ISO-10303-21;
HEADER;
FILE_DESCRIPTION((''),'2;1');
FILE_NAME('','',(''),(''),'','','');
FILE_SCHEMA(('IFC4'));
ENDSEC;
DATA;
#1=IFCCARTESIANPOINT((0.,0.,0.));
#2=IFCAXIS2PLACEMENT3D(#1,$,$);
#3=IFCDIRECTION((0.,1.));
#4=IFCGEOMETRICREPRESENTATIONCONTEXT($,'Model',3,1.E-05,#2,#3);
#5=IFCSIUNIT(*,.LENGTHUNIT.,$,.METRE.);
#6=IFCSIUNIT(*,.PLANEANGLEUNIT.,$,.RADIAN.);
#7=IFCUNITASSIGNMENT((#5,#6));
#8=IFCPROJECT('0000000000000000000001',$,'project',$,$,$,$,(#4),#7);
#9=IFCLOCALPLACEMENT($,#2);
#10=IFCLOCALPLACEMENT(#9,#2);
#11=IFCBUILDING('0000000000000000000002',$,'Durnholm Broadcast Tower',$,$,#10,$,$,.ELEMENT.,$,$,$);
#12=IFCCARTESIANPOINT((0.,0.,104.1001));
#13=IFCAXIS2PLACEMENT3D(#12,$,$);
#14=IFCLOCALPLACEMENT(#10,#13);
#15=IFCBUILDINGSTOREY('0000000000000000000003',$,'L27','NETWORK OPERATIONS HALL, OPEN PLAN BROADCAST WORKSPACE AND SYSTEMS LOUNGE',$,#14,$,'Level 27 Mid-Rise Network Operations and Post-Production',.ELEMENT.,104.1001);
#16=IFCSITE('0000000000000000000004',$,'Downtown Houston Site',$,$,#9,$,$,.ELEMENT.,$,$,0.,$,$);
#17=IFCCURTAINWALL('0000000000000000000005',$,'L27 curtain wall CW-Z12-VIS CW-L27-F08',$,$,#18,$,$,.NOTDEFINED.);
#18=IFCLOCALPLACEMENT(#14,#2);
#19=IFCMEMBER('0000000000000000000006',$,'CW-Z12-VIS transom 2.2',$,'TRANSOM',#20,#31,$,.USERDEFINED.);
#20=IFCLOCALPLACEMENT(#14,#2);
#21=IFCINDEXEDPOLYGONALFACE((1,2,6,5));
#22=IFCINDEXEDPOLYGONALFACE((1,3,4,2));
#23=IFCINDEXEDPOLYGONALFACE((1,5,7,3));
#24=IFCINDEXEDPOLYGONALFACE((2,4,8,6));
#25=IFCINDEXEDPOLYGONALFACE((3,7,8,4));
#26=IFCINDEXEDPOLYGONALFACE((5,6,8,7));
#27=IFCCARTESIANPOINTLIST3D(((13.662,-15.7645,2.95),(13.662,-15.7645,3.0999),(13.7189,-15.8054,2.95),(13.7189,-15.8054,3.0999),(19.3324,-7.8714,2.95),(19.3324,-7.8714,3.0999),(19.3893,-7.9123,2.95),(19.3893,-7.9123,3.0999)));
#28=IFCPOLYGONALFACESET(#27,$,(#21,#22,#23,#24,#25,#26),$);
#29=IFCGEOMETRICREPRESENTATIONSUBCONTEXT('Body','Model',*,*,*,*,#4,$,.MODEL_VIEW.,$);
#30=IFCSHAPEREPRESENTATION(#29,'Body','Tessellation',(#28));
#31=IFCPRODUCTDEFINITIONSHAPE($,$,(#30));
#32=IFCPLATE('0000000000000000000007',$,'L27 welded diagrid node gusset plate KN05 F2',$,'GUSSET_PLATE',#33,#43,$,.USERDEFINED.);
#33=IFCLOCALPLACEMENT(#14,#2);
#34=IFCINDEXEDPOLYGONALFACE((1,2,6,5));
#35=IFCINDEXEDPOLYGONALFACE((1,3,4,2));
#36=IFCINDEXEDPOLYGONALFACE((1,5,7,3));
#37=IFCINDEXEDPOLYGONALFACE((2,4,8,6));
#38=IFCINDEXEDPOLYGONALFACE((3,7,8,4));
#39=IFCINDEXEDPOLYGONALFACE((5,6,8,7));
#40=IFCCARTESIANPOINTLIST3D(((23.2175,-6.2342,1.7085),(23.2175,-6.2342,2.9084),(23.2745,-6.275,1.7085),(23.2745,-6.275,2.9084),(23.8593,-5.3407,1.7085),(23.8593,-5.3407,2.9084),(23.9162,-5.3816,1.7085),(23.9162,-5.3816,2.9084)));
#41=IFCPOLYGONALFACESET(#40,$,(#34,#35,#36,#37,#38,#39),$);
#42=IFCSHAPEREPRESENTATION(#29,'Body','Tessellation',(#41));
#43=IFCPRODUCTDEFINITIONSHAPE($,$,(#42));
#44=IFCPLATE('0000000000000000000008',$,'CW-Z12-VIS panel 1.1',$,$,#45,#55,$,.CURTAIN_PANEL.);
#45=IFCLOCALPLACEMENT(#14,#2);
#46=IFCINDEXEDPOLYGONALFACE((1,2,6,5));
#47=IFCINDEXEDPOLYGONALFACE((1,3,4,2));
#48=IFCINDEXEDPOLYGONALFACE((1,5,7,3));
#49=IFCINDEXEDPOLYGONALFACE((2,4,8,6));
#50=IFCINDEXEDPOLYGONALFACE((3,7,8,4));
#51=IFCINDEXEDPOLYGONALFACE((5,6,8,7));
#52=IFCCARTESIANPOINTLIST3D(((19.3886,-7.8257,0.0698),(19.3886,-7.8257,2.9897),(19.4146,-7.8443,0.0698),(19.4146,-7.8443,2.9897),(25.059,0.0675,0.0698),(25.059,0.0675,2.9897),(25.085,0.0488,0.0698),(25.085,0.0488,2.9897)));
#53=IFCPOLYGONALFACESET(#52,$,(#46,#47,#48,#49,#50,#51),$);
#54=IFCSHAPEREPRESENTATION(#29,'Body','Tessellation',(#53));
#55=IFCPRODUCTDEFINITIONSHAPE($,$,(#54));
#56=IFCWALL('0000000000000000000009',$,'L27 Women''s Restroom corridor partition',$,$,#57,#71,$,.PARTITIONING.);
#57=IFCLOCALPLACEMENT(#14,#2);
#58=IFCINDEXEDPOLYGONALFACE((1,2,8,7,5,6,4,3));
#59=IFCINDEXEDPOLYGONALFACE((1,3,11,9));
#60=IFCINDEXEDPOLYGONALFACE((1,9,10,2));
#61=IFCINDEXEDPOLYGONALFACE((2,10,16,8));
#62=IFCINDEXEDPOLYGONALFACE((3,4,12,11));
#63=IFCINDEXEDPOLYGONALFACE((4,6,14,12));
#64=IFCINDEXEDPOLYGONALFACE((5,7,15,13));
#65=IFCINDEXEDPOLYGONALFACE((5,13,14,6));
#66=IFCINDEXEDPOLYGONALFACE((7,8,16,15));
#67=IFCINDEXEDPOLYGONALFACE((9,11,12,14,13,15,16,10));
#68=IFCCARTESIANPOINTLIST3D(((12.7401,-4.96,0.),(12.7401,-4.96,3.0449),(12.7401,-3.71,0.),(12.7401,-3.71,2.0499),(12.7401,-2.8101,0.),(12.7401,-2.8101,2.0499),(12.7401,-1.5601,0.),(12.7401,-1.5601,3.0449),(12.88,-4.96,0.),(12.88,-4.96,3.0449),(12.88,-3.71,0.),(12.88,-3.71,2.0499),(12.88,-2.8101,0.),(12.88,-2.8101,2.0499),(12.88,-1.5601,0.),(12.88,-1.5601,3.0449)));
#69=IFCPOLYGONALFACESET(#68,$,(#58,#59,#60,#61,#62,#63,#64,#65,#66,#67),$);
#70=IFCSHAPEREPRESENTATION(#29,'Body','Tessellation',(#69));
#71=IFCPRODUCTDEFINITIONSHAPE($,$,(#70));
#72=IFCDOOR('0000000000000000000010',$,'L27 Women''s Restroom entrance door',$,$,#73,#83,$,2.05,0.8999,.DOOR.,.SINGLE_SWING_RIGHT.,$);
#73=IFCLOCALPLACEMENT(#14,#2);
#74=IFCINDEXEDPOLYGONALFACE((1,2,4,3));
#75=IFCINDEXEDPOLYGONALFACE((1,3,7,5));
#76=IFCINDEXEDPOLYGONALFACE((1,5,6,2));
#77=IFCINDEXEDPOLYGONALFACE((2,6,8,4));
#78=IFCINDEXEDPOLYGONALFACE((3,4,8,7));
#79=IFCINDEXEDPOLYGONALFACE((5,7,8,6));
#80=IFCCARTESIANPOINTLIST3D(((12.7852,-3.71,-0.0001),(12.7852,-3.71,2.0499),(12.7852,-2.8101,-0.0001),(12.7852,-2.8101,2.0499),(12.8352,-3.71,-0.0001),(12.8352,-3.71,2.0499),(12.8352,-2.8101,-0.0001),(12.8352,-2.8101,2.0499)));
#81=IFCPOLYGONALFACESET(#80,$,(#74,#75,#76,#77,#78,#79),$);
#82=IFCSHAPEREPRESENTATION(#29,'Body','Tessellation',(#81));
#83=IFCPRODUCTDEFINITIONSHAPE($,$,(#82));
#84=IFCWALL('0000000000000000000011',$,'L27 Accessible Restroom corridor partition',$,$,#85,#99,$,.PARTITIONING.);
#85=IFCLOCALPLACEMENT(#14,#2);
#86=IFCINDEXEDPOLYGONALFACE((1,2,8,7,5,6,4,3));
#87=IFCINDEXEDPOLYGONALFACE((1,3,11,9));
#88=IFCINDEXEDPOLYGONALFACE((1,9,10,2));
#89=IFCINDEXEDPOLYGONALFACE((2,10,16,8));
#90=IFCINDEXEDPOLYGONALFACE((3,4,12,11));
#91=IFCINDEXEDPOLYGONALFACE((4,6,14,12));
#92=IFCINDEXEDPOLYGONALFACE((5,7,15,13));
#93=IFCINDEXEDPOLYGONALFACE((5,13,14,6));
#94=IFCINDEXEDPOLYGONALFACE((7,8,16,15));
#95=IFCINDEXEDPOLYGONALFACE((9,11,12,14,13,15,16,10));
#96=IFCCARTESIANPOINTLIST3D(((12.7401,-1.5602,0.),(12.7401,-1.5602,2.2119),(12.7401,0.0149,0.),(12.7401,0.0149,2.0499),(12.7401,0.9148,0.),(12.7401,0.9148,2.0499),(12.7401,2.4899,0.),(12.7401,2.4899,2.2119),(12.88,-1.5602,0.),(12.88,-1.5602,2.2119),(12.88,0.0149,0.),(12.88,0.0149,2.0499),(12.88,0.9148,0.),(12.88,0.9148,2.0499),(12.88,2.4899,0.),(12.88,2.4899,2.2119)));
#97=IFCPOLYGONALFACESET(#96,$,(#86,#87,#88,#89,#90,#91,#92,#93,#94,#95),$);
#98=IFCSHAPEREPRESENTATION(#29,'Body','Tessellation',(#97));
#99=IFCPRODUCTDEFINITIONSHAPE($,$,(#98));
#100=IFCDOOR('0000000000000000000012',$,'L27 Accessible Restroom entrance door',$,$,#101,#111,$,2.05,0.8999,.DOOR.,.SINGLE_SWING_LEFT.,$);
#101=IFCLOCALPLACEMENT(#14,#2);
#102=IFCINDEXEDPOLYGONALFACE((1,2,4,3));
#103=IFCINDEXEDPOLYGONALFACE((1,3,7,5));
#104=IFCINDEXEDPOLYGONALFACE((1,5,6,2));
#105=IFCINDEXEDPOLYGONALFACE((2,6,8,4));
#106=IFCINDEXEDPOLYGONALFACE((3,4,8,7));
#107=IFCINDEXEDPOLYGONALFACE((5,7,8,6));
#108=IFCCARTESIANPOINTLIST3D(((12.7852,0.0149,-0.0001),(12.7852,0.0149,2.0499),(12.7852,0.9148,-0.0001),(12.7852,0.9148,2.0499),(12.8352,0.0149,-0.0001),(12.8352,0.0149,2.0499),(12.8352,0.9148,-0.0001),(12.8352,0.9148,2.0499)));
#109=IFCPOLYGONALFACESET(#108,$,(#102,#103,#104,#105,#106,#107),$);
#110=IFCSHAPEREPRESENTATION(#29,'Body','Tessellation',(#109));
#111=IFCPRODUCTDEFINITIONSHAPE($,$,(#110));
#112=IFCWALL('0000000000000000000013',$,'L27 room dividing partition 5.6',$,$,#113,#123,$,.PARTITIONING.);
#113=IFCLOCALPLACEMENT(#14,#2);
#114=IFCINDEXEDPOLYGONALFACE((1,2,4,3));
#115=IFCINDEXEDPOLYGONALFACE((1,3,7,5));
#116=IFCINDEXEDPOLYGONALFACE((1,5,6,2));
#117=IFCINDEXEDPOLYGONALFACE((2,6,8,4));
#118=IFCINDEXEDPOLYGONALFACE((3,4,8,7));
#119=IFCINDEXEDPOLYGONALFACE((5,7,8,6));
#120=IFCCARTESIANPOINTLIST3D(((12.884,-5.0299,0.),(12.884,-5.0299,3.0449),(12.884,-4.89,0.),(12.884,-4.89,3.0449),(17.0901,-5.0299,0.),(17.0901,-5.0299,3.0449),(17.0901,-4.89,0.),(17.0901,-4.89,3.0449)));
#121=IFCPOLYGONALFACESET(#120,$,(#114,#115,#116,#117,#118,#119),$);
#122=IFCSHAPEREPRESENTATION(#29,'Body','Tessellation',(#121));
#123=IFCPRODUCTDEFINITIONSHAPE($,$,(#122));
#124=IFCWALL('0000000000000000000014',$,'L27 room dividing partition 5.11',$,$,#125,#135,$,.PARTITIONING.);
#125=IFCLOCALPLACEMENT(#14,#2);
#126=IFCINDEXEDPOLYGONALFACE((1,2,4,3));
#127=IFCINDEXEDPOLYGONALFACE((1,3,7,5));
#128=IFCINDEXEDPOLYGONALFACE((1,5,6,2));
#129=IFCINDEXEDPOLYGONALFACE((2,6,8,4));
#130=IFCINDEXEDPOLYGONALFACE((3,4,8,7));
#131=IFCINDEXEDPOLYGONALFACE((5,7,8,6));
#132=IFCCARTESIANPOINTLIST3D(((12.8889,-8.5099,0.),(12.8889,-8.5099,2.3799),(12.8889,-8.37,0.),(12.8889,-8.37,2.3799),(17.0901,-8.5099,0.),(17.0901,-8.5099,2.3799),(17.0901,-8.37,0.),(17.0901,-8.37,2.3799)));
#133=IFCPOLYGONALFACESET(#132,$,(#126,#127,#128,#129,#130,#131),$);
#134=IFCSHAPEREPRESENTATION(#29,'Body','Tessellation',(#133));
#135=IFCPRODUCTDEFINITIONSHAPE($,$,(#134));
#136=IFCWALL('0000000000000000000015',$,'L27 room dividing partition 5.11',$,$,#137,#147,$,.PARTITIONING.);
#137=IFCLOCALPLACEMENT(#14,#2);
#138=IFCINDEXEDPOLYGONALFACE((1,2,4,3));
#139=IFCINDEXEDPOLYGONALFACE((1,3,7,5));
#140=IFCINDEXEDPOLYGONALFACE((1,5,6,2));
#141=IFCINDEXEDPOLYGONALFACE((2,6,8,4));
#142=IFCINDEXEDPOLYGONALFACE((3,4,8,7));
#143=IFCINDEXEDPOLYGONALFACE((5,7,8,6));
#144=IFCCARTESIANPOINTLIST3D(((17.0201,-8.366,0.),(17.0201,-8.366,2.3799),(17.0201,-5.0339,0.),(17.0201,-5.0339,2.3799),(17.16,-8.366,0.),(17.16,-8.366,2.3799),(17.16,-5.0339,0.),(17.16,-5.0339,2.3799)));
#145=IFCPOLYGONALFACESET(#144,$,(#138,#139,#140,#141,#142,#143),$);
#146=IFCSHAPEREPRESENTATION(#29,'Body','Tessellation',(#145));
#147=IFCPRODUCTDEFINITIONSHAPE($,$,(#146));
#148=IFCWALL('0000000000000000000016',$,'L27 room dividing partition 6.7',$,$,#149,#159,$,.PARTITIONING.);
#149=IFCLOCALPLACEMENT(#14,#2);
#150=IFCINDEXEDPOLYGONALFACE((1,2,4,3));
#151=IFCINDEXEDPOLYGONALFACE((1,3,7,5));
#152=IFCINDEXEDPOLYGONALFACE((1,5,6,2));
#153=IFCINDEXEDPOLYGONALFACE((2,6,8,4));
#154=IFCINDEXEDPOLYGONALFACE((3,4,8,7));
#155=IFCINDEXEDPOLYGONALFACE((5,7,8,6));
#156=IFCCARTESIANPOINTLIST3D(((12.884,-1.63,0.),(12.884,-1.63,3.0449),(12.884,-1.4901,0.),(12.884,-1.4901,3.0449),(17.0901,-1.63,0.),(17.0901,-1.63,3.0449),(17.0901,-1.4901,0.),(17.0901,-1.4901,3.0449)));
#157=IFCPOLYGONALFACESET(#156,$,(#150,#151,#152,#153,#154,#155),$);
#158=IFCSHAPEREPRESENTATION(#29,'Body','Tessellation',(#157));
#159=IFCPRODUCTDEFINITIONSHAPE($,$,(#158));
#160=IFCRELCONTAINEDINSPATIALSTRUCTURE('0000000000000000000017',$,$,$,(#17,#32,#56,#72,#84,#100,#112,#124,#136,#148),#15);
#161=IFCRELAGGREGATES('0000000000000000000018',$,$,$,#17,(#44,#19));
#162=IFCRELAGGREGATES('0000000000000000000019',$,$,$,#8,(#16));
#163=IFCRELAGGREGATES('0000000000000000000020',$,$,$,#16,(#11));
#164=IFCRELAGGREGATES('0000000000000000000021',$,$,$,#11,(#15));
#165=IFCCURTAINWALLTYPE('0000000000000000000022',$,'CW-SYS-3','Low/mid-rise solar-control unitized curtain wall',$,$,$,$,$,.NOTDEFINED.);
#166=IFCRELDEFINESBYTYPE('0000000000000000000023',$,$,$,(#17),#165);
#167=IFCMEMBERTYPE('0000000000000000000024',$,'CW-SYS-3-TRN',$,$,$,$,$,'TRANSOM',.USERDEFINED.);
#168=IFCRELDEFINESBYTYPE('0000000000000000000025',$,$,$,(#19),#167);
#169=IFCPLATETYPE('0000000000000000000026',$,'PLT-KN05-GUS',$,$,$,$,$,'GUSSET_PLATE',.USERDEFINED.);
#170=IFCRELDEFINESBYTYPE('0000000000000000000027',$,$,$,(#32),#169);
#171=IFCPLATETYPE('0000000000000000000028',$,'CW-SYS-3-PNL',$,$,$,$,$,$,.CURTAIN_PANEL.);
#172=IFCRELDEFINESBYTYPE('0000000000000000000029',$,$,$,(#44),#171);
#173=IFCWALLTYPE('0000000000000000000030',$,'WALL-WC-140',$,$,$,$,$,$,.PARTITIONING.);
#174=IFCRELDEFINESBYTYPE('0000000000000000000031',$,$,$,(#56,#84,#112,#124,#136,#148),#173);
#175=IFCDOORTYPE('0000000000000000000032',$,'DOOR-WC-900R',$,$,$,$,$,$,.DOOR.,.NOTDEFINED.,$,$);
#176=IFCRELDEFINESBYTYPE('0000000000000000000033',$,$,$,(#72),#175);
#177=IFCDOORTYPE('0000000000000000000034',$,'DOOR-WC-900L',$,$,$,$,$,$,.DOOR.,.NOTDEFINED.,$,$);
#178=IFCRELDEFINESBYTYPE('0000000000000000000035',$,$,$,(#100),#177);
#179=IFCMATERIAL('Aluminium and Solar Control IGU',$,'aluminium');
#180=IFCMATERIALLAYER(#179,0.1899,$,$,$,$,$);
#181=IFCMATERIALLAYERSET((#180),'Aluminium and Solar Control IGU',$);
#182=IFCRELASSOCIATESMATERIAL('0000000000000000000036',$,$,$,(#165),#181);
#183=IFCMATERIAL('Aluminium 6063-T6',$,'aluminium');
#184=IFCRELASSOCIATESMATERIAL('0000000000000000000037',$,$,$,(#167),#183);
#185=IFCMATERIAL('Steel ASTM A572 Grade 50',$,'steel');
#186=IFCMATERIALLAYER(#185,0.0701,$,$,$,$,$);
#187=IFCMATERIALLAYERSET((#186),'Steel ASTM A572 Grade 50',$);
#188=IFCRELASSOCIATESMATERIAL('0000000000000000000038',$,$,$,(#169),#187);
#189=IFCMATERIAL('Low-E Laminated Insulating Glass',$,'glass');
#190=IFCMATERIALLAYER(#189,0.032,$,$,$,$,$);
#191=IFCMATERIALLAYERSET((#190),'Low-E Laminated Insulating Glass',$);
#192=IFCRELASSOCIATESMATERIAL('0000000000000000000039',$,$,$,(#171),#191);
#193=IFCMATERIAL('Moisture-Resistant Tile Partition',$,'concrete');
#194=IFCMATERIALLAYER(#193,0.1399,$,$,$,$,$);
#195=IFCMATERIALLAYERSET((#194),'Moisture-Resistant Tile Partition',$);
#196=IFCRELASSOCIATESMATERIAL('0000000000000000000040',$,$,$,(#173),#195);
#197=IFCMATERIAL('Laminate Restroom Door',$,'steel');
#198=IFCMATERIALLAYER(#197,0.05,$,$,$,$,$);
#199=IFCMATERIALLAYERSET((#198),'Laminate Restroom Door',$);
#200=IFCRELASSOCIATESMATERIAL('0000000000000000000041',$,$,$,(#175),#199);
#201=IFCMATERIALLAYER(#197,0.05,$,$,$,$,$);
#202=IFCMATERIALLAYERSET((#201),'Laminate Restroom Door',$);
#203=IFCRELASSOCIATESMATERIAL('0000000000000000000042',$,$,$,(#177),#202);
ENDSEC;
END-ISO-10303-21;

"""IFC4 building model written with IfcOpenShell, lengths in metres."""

from ifc_helpers import new_model, si_unit, direction, frame, frame_2d, origin, origin_2d, place, context, subcontext, project, spatial, rectangle, extrude, source, transform, mapped, material, layer, layer_set, material_profile, profile_set, type_object, type_shapes, element, fill, aggregate, save


model = new_model("IFC4")

# Units and contexts
model_context = context("Model", 3, precision=1e-05, world=origin(), true_north=direction((0.0, 1.0)))
body_context = subcontext(model_context, "Body", "Model", "MODEL_VIEW")
ifc_project = project(units=[si_unit("LENGTHUNIT", "METRE"), si_unit("PLANEANGLEUNIT", "RADIAN")], contexts=[model_context])

# Site, building, storey
site_placement = place(None, origin())
site = spatial("IfcSite", under=ifc_project, at=site_placement, Name="Downtown Houston Site", CompositionType="ELEMENT", RefElevation=0.0)
building_placement = place(site_placement, origin())
building = spatial("IfcBuilding", under=site, at=building_placement, Name="Durnholm Broadcast Tower", CompositionType="ELEMENT")
storey_placement = place(building_placement, frame((0.0, 0.0, 104.1001)))
storey = spatial("IfcBuildingStorey", under=building, at=storey_placement, Name="L27", Description="NETWORK OPERATIONS HALL, OPEN PLAN BROADCAST WORKSPACE AND SYSTEMS LOUNGE", LongName="Level 27 Mid-Rise Network Operations and Post-Production", CompositionType="ELEMENT", Elevation=104.1001)

# Shared definitions
ifc_material_1 = material(Name="Aluminium and Solar Control IGU", Category="aluminium")
ifc_material_2 = material(Name="Aluminium 6063-T6", Category="aluminium")

# Curtain wall, member
ifc_layer_1 = layer(ifc_material_1, 0.1899)
ifc_layer_set_1 = layer_set([ifc_layer_1], Name="Aluminium and Solar Control IGU")
curtain_wall_type_1 = type_object("IfcCurtainWallType", Name="CW-SYS-3", Description="Low/mid-rise solar-control unitized curtain wall", PredefinedType="NOTDEFINED", material=ifc_layer_set_1)
curtain_wall_1_placement = place(storey_placement, origin())
curtain_wall_1 = element("IfcCurtainWall", 1, at=curtain_wall_1_placement, inside=storey, type_object=curtain_wall_type_1, Name="L27 curtain wall CW-Z12-VIS CW-L27-F08", PredefinedType="NOTDEFINED")
ifc_material_profile_1 = material_profile(ifc_material_2, rectangle(XDim=0.0701, YDim=0.1499, at=origin_2d()), Name="CWT70X150")
ifc_profile_set_1 = profile_set([ifc_material_profile_1], Name="Aluminium 6063-T6")
member_type_1 = type_object("IfcMemberType", Name="CW-SYS-3-TRN", ElementType="TRANSOM", PredefinedType="USERDEFINED", material=ifc_profile_set_1)
shared_shape_1 = source(origin(), body_context, "Body", "SweptSolid", [
    extrude(rectangle(XDim=0.0701, YDim=0.1499, at=origin_2d()), origin(), (0.0, 0.0, 1.0), 9.7188),
])
type_shapes(member_type_1, [shared_shape_1])
member_1_placement = place(storey_placement, frame((19.3608, -7.8918, 3.0249), z_axis=(-0.583451, -0.812149, 0.0), x_axis=(0.812149, -0.583451, 0.0)))
member_1 = element("IfcMember", 2, at=member_1_placement, type_object=member_type_1, Name="CW-Z12-VIS transom 2.2", ObjectType="TRANSOM", PredefinedType="USERDEFINED", context=body_context, shape_type="MappedRepresentation", body=[
    mapped(shared_shape_1, transform((0.0, 0.0, 0.0), x_axis=(1.0, 0.0, 0.0), y_axis=(0.0, 1.0, 0.0), z_axis=(0.0, 0.0, 1.0), scale=1.0)),
])

# Plates
ifc_material_3 = material(Name="Steel ASTM A572 Grade 50", Category="steel")
ifc_layer_2 = layer(ifc_material_3, 0.0701)
ifc_layer_set_2 = layer_set([ifc_layer_2], Name="Steel ASTM A572 Grade 50")
plate_type_1 = type_object("IfcPlateType", Name="PLT-KN05-GUS", ElementType="GUSSET_PLATE", PredefinedType="USERDEFINED", material=ifc_layer_set_2)
shared_shape_2 = source(origin(), body_context, "Body", "SweptSolid", [
    extrude(rectangle(XDim=1.1001, YDim=0.0701, at=origin_2d()), origin(), (0.0, 0.0, 1.0), 1.2),
])
type_shapes(plate_type_1, [shared_shape_2])
plate_1_placement = place(storey_placement, frame((23.5669, -5.8079, 1.7085), z_axis=(0.0, 0.0, 1.0), x_axis=(0.583399, 0.812185, 0.0)))
element("IfcPlate", 3, at=plate_1_placement, inside=storey, type_object=plate_type_1, Name="L27 welded diagrid node gusset plate KN05 F2", ObjectType="GUSSET_PLATE", PredefinedType="USERDEFINED", context=body_context, shape_type="MappedRepresentation", body=[
    mapped(shared_shape_2, transform((0.0, 0.0, 0.0), x_axis=(1.0, 0.0, 0.0), y_axis=(0.0, 1.0, 0.0), z_axis=(0.0, 0.0, 1.0), scale=1.0)),
])
ifc_material_4 = material(Name="Low-E Laminated Insulating Glass", Category="glass")
ifc_layer_3 = layer(ifc_material_4, 0.032)
ifc_layer_set_3 = layer_set([ifc_layer_3], Name="Low-E Laminated Insulating Glass")
plate_type_2 = type_object("IfcPlateType", Name="CW-SYS-3-PNL", PredefinedType="CURTAIN_PANEL", material=ifc_layer_set_3)
shared_shape_3 = source(origin(), body_context, "Body", "SweptSolid", [
    extrude(rectangle(XDim=9.7188, YDim=0.032, at=origin_2d()), origin(), (0.0, 0.0, 1.0), 2.9199),
])
type_shapes(plate_type_2, [shared_shape_3])
plate_2_placement = place(storey_placement, frame((22.2368, -3.8884, 0.0698), z_axis=(0.0, 0.0, 1.0), x_axis=(-0.583445, -0.812152, 0.0)))
plate_2 = element("IfcPlate", 4, at=plate_2_placement, type_object=plate_type_2, Name="CW-Z12-VIS panel 1.1", PredefinedType="CURTAIN_PANEL", context=body_context, shape_type="MappedRepresentation", body=[
    mapped(shared_shape_3, transform((0.0, 0.0, 0.0), x_axis=(1.0, 0.0, 0.0), y_axis=(0.0, 1.0, 0.0), z_axis=(0.0, 0.0, 1.0), scale=1.0)),
])
aggregate(curtain_wall_1, [plate_2, member_1])

# Walls, openings, doors
ifc_material_5 = material(Name="Moisture-Resistant Tile Partition", Category="concrete")
ifc_layer_4 = layer(ifc_material_5, 0.1399)
ifc_layer_set_4 = layer_set([ifc_layer_4], Name="Moisture-Resistant Tile Partition")
wall_type = type_object("IfcWallType", Name="WALL-WC-140", PredefinedType="PARTITIONING", material=ifc_layer_set_4)
wall_1_placement = place(storey_placement, frame((12.8101, -4.96, 0.0), z_axis=(0.0, 0.0, 1.0), x_axis=(0.0, 1.0, 0.0)))
wall_1 = element("IfcWall", 5, at=wall_1_placement, inside=storey, type_object=wall_type, Name="L27 Women's Restroom corridor partition", PredefinedType="PARTITIONING", context=body_context, shape_type="SweptSolid", body=[
    extrude(rectangle(XDim=3.3999, YDim=0.1399, at=frame_2d((1.7, 0.0))), origin(), (0.0, 0.0, 1.0), 3.0449),
])
opening_1_placement = place(wall_1_placement, frame((1.25, 0.0, 0.0)))
opening_1 = element("IfcOpeningElement", 6, at=opening_1_placement, cuts=wall_1, PredefinedType="OPENING", context=body_context, shape_type="SweptSolid", body=[
    extrude(rectangle(XDim=0.8999, YDim=2.05, at=frame_2d((0.45, 1.0249))), frame((0.0, 0.0801, 0.0), z_axis=(0.0, -1.0, 0.0), x_axis=(1.0, 0.0, 0.0)), (0.0, 0.0, 1.0), 0.1599),
])
ifc_material_6 = material(Name="Laminate Restroom Door", Category="steel")
ifc_layer_5 = layer(ifc_material_6, 0.05)
ifc_layer_set_5 = layer_set([ifc_layer_5], Name="Laminate Restroom Door")
door_type_1 = type_object("IfcDoorType", Name="DOOR-WC-900R", OperationType="NOTDEFINED", PredefinedType="DOOR", material=ifc_layer_set_5)
shared_shape_4 = source(origin(), body_context, "Body", "SweptSolid", [
    extrude(rectangle(XDim=0.8999, YDim=2.05, at=frame_2d((0.45, 1.0249))), frame((0.0, 0.0249, 0.0), z_axis=(0.0, -1.0, 0.0), x_axis=(1.0, 0.0, 0.0)), (0.0, 0.0, 1.0), 0.05),
])
type_shapes(door_type_1, [shared_shape_4])
door_1_placement = place(opening_1_placement, origin())
door_1 = element("IfcDoor", 7, at=door_1_placement, inside=storey, type_object=door_type_1, Name="L27 Women's Restroom entrance door", OperationType="SINGLE_SWING_RIGHT", OverallHeight=2.05, OverallWidth=0.8999, PredefinedType="DOOR", context=body_context, shape_type="MappedRepresentation", body=[
    mapped(shared_shape_4, transform((0.0, 0.0, 0.0), x_axis=(1.0, 0.0, 0.0), y_axis=(0.0, 1.0, 0.0), z_axis=(0.0, 0.0, 1.0), scale=1.0)),
])
fill(opening_1, door_1)
wall_2_placement = place(storey_placement, frame((12.8101, -1.5601, 0.0), z_axis=(0.0, 0.0, 1.0), x_axis=(0.0, 1.0, 0.0)))
wall_2 = element("IfcWall", 8, at=wall_2_placement, inside=storey, type_object=wall_type, Name="L27 Accessible Restroom corridor partition", PredefinedType="PARTITIONING", context=body_context, shape_type="SweptSolid", body=[
    extrude(rectangle(XDim=4.05, YDim=0.1399, at=frame_2d((2.0249, 0.0))), origin(), (0.0, 0.0, 1.0), 2.2119),
])
opening_2_placement = place(wall_2_placement, frame((1.575, 0.0, 0.0)))
opening_2 = element("IfcOpeningElement", 9, at=opening_2_placement, cuts=wall_2, PredefinedType="OPENING", context=body_context, shape_type="SweptSolid", body=[
    extrude(rectangle(XDim=0.8999, YDim=2.05, at=frame_2d((0.45, 1.0249))), frame((0.0, 0.0801, 0.0), z_axis=(0.0, -1.0, 0.0), x_axis=(1.0, 0.0, 0.0)), (0.0, 0.0, 1.0), 0.1599),
])
ifc_layer_6 = layer(ifc_material_6, 0.05)
ifc_layer_set_6 = layer_set([ifc_layer_6], Name="Laminate Restroom Door")
door_type_2 = type_object("IfcDoorType", Name="DOOR-WC-900L", OperationType="NOTDEFINED", PredefinedType="DOOR", material=ifc_layer_set_6)
shared_shape_5 = source(origin(), body_context, "Body", "SweptSolid", [
    extrude(rectangle(XDim=0.8999, YDim=2.05, at=frame_2d((0.45, 1.0249))), frame((0.0, 0.0249, 0.0), z_axis=(0.0, -1.0, 0.0), x_axis=(1.0, 0.0, 0.0)), (0.0, 0.0, 1.0), 0.05),
])
type_shapes(door_type_2, [shared_shape_5])
door_2_placement = place(opening_2_placement, origin())
door_2 = element("IfcDoor", 10, at=door_2_placement, inside=storey, type_object=door_type_2, Name="L27 Accessible Restroom entrance door", OperationType="SINGLE_SWING_LEFT", OverallHeight=2.05, OverallWidth=0.8999, PredefinedType="DOOR", context=body_context, shape_type="MappedRepresentation", body=[
    mapped(shared_shape_5, transform((0.0, 0.0, 0.0), x_axis=(1.0, 0.0, 0.0), y_axis=(0.0, 1.0, 0.0), z_axis=(0.0, 0.0, 1.0), scale=1.0)),
])
fill(opening_2, door_2)

# Walls
wall_3_placement = place(storey_placement, frame((12.884, -4.96, 0.0), z_axis=(0.0, 0.0, 1.0), x_axis=(1.0, 0.0, 0.0)))
element("IfcWall", 11, at=wall_3_placement, inside=storey, type_object=wall_type, Name="L27 room dividing partition 5.6", PredefinedType="PARTITIONING", context=body_context, shape_type="SweptSolid", body=[
    extrude(rectangle(XDim=4.2061, YDim=0.1399, at=frame_2d((2.103, 0.0))), origin(), (0.0, 0.0, 1.0), 3.0449),
])
wall_4_placement = place(storey_placement, frame((17.0901, -8.4399, 0.0), z_axis=(0.0, 0.0, 1.0), x_axis=(-1.0, 0.0, 0.0)))
element("IfcWall", 12, at=wall_4_placement, inside=storey, type_object=wall_type, Name="L27 room dividing partition 5.11", PredefinedType="PARTITIONING", context=body_context, shape_type="SweptSolid", body=[
    extrude(rectangle(XDim=4.2012, YDim=0.1399, at=frame_2d((2.1006, 0.0))), origin(), (0.0, 0.0, 1.0), 2.3799),
])
wall_5_placement = place(storey_placement, frame((17.0901, -5.0339, 0.0), z_axis=(0.0, 0.0, 1.0), x_axis=(0.0, -1.0, 0.0)))
element("IfcWall", 13, at=wall_5_placement, inside=storey, type_object=wall_type, Name="L27 room dividing partition 5.11", PredefinedType="PARTITIONING", context=body_context, shape_type="SweptSolid", body=[
    extrude(rectangle(XDim=3.332, YDim=0.1399, at=frame_2d((1.666, 0.0))), origin(), (0.0, 0.0, 1.0), 2.3799),
])
wall_6_placement = place(storey_placement, frame((12.884, -1.5601, 0.0), z_axis=(0.0, 0.0, 1.0), x_axis=(1.0, 0.0, 0.0)))
element("IfcWall", 14, at=wall_6_placement, inside=storey, type_object=wall_type, Name="L27 room dividing partition 6.7", PredefinedType="PARTITIONING", context=body_context, shape_type="SweptSolid", body=[
    extrude(rectangle(XDim=4.2061, YDim=0.1399, at=frame_2d((2.103, 0.0))), origin(), (0.0, 0.0, 1.0), 3.0449),
])

save(model, "model.ifc")
